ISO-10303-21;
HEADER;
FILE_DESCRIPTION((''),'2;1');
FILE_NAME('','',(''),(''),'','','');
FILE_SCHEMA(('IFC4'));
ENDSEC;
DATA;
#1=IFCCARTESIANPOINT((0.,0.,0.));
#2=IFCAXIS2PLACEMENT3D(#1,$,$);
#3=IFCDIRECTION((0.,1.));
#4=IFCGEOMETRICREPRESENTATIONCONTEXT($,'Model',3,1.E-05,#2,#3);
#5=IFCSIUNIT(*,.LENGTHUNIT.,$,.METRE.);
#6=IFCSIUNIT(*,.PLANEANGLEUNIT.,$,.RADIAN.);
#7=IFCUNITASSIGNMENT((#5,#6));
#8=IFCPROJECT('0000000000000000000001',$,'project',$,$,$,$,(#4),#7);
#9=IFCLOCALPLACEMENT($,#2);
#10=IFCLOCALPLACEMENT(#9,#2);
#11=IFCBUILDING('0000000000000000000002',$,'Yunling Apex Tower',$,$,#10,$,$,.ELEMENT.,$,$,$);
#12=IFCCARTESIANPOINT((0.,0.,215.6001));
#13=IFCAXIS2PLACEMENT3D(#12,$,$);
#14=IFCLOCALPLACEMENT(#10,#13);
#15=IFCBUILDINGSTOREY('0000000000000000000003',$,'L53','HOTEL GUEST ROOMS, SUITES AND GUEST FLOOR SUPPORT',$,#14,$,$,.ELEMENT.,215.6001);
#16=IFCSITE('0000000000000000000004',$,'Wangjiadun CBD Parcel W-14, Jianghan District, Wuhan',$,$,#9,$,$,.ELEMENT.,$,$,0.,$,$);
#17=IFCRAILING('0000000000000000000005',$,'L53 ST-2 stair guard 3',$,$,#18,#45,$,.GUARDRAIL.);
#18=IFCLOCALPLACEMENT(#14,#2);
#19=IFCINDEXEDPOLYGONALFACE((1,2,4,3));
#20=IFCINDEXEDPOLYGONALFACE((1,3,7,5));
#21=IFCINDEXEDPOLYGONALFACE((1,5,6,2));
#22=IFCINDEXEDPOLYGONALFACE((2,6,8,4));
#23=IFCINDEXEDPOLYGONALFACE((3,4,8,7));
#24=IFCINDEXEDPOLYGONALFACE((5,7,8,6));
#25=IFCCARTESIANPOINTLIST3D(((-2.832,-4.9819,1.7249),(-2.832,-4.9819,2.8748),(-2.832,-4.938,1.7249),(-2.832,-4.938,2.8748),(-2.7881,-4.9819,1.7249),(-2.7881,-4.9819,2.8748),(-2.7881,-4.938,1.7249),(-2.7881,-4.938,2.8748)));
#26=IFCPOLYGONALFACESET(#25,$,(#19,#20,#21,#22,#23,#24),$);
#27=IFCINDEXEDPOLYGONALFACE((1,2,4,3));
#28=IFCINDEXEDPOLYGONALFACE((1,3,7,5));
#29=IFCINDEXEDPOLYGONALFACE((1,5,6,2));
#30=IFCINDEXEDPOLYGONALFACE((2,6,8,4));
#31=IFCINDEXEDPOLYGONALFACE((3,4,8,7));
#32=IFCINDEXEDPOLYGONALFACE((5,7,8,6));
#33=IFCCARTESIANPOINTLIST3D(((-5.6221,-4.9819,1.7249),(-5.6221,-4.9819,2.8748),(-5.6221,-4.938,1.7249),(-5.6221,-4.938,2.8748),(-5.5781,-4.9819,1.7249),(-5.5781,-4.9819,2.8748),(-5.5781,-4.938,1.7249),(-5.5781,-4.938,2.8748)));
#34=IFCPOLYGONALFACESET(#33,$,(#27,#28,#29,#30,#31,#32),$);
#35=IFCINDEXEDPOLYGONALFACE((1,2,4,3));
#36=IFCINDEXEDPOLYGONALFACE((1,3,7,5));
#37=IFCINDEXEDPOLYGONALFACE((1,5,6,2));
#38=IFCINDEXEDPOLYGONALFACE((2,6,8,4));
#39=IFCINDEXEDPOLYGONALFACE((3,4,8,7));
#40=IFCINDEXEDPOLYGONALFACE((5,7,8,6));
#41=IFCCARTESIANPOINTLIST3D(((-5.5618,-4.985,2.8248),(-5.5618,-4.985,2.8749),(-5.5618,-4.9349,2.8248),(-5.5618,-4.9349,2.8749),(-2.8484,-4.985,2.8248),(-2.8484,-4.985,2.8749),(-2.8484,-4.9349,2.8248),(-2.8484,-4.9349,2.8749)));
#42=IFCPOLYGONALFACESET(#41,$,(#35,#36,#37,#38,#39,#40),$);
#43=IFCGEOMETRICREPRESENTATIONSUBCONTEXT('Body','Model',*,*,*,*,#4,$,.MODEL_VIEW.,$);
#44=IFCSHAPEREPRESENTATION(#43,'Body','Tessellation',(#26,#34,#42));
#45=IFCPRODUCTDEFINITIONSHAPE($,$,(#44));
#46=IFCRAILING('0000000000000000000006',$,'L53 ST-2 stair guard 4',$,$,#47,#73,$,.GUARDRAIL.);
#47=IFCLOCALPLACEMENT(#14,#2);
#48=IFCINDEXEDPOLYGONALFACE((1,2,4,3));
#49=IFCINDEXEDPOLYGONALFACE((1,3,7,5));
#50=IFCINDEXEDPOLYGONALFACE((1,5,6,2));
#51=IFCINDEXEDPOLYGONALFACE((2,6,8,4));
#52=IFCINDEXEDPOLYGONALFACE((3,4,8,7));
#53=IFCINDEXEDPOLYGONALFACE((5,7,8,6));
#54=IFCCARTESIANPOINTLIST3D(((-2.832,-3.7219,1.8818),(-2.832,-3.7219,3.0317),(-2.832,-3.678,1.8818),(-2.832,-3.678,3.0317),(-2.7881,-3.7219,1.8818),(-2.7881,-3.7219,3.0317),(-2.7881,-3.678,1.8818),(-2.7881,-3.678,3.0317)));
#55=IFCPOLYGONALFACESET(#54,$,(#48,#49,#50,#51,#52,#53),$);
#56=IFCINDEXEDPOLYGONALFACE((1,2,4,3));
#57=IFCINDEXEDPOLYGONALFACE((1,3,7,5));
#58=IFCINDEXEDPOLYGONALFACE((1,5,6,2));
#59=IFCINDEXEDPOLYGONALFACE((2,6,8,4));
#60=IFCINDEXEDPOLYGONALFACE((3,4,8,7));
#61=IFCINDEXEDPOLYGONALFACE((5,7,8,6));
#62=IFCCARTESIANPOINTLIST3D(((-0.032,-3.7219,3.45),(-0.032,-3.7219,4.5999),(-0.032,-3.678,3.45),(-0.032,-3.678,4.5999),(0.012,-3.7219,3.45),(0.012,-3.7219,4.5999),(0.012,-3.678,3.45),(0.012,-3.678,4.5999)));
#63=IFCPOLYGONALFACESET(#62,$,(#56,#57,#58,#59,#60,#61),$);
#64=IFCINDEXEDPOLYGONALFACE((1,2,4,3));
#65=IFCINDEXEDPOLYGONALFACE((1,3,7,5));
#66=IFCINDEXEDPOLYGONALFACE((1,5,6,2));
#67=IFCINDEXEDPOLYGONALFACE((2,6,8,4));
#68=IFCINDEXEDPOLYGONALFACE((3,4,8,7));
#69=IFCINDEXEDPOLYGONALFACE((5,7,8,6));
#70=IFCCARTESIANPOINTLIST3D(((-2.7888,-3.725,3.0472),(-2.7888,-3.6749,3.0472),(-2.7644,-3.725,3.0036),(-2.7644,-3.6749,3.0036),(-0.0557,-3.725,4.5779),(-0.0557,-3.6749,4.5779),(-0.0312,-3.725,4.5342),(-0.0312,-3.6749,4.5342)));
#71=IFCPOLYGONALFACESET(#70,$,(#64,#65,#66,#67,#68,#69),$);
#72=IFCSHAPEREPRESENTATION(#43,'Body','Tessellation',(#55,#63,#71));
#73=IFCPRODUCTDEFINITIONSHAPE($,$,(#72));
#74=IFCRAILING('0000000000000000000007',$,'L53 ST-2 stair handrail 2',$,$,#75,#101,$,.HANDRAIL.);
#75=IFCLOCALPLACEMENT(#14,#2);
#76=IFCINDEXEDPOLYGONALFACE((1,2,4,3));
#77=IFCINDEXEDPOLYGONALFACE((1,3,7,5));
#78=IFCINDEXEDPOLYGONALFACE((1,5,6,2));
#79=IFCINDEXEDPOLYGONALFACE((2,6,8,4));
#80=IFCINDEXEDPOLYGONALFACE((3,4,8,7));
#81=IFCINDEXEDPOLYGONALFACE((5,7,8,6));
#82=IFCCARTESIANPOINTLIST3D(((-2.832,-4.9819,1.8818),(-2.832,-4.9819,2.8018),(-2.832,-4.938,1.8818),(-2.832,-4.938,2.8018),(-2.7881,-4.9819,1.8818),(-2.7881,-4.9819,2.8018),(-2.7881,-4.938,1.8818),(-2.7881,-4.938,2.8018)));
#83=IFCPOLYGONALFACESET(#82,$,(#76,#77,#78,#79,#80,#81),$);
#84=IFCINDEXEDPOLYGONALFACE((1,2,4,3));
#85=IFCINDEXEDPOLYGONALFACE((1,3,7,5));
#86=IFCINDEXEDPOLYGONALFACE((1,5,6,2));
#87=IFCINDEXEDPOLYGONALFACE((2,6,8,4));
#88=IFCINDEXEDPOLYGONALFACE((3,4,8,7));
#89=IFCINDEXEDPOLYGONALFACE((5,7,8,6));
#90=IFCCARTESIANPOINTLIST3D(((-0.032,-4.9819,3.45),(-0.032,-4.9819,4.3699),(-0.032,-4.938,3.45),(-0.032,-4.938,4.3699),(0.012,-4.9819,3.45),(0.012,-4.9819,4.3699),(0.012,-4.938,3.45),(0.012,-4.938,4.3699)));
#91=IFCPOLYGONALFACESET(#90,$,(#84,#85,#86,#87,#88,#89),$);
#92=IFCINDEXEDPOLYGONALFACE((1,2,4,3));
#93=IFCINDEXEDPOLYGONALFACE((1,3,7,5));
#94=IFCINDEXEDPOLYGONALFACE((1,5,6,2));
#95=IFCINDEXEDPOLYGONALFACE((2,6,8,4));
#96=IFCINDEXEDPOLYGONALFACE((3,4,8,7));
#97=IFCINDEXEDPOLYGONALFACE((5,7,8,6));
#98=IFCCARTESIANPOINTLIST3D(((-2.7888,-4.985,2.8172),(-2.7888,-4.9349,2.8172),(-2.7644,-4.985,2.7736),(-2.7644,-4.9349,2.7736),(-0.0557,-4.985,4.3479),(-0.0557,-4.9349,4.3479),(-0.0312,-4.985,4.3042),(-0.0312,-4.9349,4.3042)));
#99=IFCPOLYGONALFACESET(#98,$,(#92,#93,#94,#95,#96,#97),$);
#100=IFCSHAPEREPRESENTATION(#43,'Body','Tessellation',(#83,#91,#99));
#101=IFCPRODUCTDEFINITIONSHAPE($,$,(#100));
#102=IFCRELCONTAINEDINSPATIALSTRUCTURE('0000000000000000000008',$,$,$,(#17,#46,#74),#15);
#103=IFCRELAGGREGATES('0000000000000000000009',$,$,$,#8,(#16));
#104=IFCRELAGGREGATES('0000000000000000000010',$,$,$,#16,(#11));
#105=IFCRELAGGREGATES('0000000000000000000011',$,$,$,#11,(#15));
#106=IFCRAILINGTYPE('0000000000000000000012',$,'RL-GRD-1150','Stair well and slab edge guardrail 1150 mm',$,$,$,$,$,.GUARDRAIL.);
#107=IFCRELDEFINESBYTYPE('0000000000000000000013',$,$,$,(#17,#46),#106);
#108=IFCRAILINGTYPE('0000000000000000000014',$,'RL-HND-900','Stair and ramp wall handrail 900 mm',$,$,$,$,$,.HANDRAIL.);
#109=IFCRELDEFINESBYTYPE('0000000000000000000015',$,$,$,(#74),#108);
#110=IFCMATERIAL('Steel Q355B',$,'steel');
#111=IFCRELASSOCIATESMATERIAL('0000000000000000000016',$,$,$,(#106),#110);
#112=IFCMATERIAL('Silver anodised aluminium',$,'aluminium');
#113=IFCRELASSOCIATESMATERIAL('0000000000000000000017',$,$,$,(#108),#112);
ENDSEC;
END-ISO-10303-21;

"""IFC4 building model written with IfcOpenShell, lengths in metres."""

from ifc_helpers import new_model, si_unit, direction, frame, origin, origin_2d, place, context, subcontext, project, spatial, rectangle, extrude, material, type_object, element, save


model = new_model("IFC4")

# Units and contexts
model_context = context("Model", 3, precision=1e-05, world=origin(), true_north=direction((0.0, 1.0)))
body_context = subcontext(model_context, "Body", "Model", "MODEL_VIEW")
ifc_project = project(units=[si_unit("LENGTHUNIT", "METRE"), si_unit("PLANEANGLEUNIT", "RADIAN")], contexts=[model_context])

# Site, building, storey
site_placement = place(None, origin())
site = spatial("IfcSite", under=ifc_project, at=site_placement, Name="Wangjiadun CBD Parcel W-14, Jianghan District, Wuhan", CompositionType="ELEMENT", RefElevation=0.0)
building_placement = place(site_placement, origin())
building = spatial("IfcBuilding", under=site, at=building_placement, Name="Yunling Apex Tower", CompositionType="ELEMENT")
storey_placement = place(building_placement, frame((0.0, 0.0, 215.6001)))
storey = spatial("IfcBuildingStorey", under=building, at=storey_placement, Name="L53", Description="HOTEL GUEST ROOMS, SUITES AND GUEST FLOOR SUPPORT", CompositionType="ELEMENT", Elevation=215.6001)

# Shared definitions
ifc_material_1 = material(Name="Steel Q355B", Category="steel")

# Shared definitions
ifc_material_2 = material(Name="Silver anodised aluminium", Category="aluminium")

# Railings
railing_type_1 = type_object("IfcRailingType", Name="RL-GRD-1150", Description="Stair well and slab edge guardrail 1150 mm", PredefinedType="GUARDRAIL", material=ifc_material_1)
railing_1_placement = place(storey_placement, frame((-2.8101, -4.96, 1.7249)))
element("IfcRailing", 1, at=railing_1_placement, inside=storey, type_object=railing_type_1, Name="L53 ST-2 stair guard 3", PredefinedType="GUARDRAIL", context=body_context, shape_type="SweptSolid", body=[
    extrude(rectangle(XDim=0.0439, YDim=0.0439, at=origin_2d()), origin(), (0.0, 0.0, 1.0), 1.1499),
    extrude(rectangle(XDim=0.0439, YDim=0.0439, at=origin_2d()), frame((-2.79, 0.0, 0.0)), (0.0, 0.0, 1.0), 1.1499),
    extrude(rectangle(XDim=0.05, YDim=0.05, at=origin_2d()), frame((-0.0383, 0.0, 1.125), z_axis=(-1.0, 0.0, 0.0), x_axis=(0.0, -1.0, 0.0)), (0.0, 0.0, 1.0), 2.7134),
])
railing_2_placement = place(storey_placement, frame((-2.8101, -3.7, 1.8818)))
element("IfcRailing", 2, at=railing_2_placement, inside=storey, type_object=railing_type_1, Name="L53 ST-2 stair guard 4", PredefinedType="GUARDRAIL", context=body_context, shape_type="SweptSolid", body=[
    extrude(rectangle(XDim=0.0439, YDim=0.0439, at=origin_2d()), origin(), (0.0, 0.0, 1.0), 1.1499),
    extrude(rectangle(XDim=0.0439, YDim=0.0439, at=origin_2d()), frame((2.8, 0.0, 1.5681)), (0.0, 0.0, 1.0), 1.1499),
    extrude(rectangle(XDim=0.05, YDim=0.05, at=origin_2d()), frame((0.0334, 0.0, 1.1436), z_axis=(0.872494, 0.0, 0.488624), x_axis=(0.0, 1.0, 0.0)), (0.0, 0.0, 1.0), 3.1326),
])
railing_type_2 = type_object("IfcRailingType", Name="RL-HND-900", Description="Stair and ramp wall handrail 900 mm", PredefinedType="HANDRAIL", material=ifc_material_2)
railing_3_placement = place(storey_placement, frame((-2.8101, -4.96, 1.8818)))
element("IfcRailing", 3, at=railing_3_placement, inside=storey, type_object=railing_type_2, Name="L53 ST-2 stair handrail 2", PredefinedType="HANDRAIL", context=body_context, shape_type="SweptSolid", body=[
    extrude(rectangle(XDim=0.0439, YDim=0.0439, at=origin_2d()), origin(), (0.0, 0.0, 1.0), 0.9199),
    extrude(rectangle(XDim=0.0439, YDim=0.0439, at=origin_2d()), frame((2.8, 0.0, 1.5681)), (0.0, 0.0, 1.0), 0.9199),
    extrude(rectangle(XDim=0.05, YDim=0.05, at=origin_2d()), frame((0.0334, 0.0, 0.9136), z_axis=(0.872494, 0.0, 0.488624), x_axis=(0.0, 1.0, 0.0)), (0.0, 0.0, 1.0), 3.1326),
])

save(model, "model.ifc")
